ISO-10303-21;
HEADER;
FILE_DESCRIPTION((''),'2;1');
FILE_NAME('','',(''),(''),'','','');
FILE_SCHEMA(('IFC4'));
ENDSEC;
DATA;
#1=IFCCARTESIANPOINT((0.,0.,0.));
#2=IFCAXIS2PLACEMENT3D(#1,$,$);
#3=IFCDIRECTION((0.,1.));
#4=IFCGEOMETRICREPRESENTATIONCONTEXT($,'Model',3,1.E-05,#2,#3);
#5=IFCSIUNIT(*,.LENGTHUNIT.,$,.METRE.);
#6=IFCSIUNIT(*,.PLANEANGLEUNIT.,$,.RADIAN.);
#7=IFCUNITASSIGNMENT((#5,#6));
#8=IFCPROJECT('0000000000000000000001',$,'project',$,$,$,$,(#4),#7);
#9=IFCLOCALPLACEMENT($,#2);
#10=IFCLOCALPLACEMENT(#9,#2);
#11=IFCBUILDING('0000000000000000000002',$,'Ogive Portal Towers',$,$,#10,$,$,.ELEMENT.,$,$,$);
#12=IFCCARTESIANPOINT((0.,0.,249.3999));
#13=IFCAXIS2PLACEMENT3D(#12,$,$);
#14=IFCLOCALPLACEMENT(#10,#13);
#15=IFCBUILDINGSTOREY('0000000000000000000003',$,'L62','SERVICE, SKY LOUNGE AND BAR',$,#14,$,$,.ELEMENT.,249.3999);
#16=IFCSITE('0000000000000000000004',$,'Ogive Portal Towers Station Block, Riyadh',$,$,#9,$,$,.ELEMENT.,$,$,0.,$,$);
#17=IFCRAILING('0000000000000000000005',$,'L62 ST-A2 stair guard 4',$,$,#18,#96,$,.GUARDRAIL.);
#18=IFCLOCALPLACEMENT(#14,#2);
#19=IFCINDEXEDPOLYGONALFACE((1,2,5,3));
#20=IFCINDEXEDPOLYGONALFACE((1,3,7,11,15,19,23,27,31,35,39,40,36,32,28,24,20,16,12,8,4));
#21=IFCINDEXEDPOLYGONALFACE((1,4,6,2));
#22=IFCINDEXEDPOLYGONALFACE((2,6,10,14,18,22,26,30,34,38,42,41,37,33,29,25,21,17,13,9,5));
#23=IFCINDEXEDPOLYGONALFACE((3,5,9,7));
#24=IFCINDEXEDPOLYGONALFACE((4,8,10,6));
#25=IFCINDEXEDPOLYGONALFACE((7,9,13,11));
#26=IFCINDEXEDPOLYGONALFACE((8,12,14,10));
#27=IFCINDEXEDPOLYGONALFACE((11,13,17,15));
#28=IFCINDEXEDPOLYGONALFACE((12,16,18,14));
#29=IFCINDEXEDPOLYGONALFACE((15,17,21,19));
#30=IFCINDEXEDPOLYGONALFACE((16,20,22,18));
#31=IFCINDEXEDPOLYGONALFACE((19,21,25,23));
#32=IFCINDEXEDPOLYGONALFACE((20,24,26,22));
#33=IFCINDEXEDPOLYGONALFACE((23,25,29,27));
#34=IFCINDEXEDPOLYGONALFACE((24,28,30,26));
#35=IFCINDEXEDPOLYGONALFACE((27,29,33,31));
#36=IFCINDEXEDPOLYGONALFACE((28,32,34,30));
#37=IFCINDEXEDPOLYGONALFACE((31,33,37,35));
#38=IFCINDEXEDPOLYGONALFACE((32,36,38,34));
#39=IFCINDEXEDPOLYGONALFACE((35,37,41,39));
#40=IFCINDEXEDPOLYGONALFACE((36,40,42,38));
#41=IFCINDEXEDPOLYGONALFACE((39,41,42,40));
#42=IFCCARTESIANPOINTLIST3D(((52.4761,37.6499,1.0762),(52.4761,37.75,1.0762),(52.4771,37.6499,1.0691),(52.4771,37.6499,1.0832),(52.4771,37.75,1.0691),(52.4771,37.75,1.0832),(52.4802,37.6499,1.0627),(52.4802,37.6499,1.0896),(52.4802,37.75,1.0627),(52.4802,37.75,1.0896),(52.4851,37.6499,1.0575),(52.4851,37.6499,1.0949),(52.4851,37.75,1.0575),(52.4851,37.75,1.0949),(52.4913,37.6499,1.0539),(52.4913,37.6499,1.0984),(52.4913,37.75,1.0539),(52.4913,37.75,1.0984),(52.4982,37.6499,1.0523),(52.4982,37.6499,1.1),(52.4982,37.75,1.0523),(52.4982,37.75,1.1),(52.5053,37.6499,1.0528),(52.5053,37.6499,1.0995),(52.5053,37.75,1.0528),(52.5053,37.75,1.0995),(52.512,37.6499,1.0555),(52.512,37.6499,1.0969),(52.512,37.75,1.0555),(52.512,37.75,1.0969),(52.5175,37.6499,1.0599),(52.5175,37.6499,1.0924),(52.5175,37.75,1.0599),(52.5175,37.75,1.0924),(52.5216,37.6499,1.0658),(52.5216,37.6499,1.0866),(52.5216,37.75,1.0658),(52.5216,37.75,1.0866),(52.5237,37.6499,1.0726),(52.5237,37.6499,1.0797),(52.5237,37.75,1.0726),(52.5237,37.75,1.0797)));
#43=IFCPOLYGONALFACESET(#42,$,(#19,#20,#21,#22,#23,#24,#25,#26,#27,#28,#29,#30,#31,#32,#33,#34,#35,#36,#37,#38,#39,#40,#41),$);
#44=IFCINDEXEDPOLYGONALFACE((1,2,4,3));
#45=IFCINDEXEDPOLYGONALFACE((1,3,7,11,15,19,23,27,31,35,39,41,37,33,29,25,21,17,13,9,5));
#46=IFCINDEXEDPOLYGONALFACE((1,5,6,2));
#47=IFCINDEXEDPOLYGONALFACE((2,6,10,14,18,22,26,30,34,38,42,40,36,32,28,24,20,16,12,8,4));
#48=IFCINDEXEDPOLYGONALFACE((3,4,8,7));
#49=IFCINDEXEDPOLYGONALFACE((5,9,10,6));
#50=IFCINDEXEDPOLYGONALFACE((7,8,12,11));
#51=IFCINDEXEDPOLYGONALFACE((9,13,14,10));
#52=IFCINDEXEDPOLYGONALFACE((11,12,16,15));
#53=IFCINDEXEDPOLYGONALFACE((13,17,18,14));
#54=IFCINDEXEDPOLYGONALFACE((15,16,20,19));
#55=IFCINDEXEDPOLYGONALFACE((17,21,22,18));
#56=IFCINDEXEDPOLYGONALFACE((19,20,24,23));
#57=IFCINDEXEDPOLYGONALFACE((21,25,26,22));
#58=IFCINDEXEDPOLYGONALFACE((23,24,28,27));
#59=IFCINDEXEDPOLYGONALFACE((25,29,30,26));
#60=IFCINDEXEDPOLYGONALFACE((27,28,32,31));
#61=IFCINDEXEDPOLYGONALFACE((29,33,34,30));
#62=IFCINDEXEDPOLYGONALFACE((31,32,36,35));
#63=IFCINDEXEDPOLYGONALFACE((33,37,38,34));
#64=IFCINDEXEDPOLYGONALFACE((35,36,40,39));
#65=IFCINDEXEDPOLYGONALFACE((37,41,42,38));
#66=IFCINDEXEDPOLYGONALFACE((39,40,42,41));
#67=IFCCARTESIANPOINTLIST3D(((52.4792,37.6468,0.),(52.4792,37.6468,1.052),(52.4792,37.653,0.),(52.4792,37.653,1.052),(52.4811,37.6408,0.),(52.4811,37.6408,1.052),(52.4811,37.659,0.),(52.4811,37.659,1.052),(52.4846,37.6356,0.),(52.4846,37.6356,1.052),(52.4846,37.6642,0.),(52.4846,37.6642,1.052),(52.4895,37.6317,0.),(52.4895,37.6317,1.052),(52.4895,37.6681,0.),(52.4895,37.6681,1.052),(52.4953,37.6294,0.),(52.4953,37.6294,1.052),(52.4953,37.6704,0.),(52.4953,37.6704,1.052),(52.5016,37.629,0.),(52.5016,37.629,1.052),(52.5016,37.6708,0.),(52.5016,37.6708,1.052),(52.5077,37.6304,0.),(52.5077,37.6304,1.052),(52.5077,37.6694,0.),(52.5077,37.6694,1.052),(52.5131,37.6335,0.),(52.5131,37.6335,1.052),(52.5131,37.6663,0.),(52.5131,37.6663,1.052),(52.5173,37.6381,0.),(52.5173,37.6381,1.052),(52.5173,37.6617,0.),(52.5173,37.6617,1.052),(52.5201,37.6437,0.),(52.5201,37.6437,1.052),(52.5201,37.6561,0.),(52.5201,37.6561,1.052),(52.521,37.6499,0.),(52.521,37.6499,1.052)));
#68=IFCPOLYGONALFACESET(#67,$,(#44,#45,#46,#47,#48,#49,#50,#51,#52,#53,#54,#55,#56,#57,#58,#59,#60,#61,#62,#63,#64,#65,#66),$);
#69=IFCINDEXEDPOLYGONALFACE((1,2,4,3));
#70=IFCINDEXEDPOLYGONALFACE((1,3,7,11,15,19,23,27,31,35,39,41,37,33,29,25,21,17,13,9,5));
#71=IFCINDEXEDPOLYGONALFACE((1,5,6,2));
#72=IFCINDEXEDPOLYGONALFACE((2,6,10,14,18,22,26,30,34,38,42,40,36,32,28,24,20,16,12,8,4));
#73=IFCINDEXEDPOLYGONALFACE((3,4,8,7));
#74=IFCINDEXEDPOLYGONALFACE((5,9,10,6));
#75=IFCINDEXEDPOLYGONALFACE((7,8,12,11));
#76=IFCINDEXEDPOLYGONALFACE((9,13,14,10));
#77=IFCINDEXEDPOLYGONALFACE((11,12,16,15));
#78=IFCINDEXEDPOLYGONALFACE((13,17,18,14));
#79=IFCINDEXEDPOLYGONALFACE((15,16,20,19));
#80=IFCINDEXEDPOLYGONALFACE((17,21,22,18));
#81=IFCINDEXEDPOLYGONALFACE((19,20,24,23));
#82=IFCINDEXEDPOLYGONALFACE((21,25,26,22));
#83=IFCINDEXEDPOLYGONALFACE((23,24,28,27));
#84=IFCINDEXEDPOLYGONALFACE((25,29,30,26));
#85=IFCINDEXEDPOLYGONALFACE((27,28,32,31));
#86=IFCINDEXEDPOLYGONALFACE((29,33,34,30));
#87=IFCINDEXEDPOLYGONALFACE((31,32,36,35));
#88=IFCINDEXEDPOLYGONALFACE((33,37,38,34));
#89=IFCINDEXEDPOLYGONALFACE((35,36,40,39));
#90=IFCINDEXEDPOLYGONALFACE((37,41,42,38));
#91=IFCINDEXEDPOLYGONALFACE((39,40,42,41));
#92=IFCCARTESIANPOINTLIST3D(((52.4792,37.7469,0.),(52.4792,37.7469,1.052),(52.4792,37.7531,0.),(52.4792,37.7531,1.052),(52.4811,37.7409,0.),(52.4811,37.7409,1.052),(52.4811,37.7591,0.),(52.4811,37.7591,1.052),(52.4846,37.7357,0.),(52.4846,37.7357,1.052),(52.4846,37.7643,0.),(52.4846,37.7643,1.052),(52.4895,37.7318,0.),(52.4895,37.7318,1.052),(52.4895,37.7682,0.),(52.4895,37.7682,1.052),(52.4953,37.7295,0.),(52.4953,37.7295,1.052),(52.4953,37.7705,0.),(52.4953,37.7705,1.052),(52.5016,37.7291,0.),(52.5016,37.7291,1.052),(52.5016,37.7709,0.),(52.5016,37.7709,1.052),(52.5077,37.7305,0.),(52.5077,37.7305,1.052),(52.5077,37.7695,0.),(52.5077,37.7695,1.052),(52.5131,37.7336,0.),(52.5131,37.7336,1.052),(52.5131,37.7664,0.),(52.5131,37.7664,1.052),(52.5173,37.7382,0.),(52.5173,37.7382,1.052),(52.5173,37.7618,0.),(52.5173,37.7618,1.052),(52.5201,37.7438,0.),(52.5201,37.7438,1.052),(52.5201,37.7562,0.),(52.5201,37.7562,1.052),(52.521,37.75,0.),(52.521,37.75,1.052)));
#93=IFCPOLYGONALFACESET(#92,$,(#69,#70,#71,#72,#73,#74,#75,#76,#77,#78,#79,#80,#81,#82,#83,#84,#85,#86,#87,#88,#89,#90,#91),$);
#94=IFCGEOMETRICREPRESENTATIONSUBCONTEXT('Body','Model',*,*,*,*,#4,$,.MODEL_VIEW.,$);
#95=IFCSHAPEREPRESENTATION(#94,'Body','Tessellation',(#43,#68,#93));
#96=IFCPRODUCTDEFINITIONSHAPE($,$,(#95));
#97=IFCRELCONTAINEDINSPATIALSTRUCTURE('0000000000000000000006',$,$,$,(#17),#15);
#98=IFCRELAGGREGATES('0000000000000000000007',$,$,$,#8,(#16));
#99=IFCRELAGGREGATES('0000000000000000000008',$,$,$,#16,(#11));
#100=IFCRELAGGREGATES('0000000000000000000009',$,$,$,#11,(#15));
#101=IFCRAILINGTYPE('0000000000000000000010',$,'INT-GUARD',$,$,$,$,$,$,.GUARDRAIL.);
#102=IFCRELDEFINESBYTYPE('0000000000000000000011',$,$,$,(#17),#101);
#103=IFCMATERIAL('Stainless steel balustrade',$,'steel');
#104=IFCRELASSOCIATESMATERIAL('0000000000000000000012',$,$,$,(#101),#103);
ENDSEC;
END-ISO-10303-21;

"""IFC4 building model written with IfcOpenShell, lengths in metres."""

from ifc_helpers import new_model, si_unit, direction, frame, origin, origin_2d, place, context, subcontext, project, spatial, circle, extrude, material, type_object, element, save


model = new_model("IFC4")

# Units and contexts
model_context = context("Model", 3, precision=1e-05, world=origin(), true_north=direction((0.0, 1.0)))
body_context = subcontext(model_context, "Body", "Model", "MODEL_VIEW")
ifc_project = project(units=[si_unit("LENGTHUNIT", "METRE"), si_unit("PLANEANGLEUNIT", "RADIAN")], contexts=[model_context])

# Site, building, storey
site_placement = place(None, origin())
site = spatial("IfcSite", under=ifc_project, at=site_placement, Name="Ogive Portal Towers Station Block, Riyadh", CompositionType="ELEMENT", RefElevation=0.0)
building_placement = place(site_placement, origin())
building = spatial("IfcBuilding", under=site, at=building_placement, Name="Ogive Portal Towers", CompositionType="ELEMENT")
storey_placement = place(building_placement, frame((0.0, 0.0, 249.3999)))
storey = spatial("IfcBuildingStorey", under=building, at=storey_placement, Name="L62", Description="SERVICE, SKY LOUNGE AND BAR", CompositionType="ELEMENT", Elevation=249.3999)

# Railing
ifc_material_1 = material(Name="Stainless steel balustrade", Category="steel")
railing_type_1 = type_object("IfcRailingType", Name="INT-GUARD", PredefinedType="GUARDRAIL", material=ifc_material_1)
railing_1_placement = place(storey_placement, frame((52.5, 37.6499, 0.0)))
element("IfcRailing", 1, at=railing_1_placement, inside=storey, type_object=railing_type_1, Name="L62 ST-A2 stair guard 4", PredefinedType="GUARDRAIL", context=body_context, shape_type="SweptSolid", body=[
    extrude(circle(Radius=0.0239, at=origin_2d()), frame((0.0, 0.0, 1.0762), z_axis=(0.0, 1.0, 0.0), x_axis=(-1.0, 0.0, 0.0)), (0.0, 0.0, 1.0), 0.1001),
    extrude(circle(Radius=0.021, at=origin_2d()), origin(), (0.0, 0.0, 1.0), 1.052),
    extrude(circle(Radius=0.021, at=origin_2d()), frame((0.0, 0.1001, 0.0)), (0.0, 0.0, 1.0), 1.052),
])

save(model, "model.ifc")
